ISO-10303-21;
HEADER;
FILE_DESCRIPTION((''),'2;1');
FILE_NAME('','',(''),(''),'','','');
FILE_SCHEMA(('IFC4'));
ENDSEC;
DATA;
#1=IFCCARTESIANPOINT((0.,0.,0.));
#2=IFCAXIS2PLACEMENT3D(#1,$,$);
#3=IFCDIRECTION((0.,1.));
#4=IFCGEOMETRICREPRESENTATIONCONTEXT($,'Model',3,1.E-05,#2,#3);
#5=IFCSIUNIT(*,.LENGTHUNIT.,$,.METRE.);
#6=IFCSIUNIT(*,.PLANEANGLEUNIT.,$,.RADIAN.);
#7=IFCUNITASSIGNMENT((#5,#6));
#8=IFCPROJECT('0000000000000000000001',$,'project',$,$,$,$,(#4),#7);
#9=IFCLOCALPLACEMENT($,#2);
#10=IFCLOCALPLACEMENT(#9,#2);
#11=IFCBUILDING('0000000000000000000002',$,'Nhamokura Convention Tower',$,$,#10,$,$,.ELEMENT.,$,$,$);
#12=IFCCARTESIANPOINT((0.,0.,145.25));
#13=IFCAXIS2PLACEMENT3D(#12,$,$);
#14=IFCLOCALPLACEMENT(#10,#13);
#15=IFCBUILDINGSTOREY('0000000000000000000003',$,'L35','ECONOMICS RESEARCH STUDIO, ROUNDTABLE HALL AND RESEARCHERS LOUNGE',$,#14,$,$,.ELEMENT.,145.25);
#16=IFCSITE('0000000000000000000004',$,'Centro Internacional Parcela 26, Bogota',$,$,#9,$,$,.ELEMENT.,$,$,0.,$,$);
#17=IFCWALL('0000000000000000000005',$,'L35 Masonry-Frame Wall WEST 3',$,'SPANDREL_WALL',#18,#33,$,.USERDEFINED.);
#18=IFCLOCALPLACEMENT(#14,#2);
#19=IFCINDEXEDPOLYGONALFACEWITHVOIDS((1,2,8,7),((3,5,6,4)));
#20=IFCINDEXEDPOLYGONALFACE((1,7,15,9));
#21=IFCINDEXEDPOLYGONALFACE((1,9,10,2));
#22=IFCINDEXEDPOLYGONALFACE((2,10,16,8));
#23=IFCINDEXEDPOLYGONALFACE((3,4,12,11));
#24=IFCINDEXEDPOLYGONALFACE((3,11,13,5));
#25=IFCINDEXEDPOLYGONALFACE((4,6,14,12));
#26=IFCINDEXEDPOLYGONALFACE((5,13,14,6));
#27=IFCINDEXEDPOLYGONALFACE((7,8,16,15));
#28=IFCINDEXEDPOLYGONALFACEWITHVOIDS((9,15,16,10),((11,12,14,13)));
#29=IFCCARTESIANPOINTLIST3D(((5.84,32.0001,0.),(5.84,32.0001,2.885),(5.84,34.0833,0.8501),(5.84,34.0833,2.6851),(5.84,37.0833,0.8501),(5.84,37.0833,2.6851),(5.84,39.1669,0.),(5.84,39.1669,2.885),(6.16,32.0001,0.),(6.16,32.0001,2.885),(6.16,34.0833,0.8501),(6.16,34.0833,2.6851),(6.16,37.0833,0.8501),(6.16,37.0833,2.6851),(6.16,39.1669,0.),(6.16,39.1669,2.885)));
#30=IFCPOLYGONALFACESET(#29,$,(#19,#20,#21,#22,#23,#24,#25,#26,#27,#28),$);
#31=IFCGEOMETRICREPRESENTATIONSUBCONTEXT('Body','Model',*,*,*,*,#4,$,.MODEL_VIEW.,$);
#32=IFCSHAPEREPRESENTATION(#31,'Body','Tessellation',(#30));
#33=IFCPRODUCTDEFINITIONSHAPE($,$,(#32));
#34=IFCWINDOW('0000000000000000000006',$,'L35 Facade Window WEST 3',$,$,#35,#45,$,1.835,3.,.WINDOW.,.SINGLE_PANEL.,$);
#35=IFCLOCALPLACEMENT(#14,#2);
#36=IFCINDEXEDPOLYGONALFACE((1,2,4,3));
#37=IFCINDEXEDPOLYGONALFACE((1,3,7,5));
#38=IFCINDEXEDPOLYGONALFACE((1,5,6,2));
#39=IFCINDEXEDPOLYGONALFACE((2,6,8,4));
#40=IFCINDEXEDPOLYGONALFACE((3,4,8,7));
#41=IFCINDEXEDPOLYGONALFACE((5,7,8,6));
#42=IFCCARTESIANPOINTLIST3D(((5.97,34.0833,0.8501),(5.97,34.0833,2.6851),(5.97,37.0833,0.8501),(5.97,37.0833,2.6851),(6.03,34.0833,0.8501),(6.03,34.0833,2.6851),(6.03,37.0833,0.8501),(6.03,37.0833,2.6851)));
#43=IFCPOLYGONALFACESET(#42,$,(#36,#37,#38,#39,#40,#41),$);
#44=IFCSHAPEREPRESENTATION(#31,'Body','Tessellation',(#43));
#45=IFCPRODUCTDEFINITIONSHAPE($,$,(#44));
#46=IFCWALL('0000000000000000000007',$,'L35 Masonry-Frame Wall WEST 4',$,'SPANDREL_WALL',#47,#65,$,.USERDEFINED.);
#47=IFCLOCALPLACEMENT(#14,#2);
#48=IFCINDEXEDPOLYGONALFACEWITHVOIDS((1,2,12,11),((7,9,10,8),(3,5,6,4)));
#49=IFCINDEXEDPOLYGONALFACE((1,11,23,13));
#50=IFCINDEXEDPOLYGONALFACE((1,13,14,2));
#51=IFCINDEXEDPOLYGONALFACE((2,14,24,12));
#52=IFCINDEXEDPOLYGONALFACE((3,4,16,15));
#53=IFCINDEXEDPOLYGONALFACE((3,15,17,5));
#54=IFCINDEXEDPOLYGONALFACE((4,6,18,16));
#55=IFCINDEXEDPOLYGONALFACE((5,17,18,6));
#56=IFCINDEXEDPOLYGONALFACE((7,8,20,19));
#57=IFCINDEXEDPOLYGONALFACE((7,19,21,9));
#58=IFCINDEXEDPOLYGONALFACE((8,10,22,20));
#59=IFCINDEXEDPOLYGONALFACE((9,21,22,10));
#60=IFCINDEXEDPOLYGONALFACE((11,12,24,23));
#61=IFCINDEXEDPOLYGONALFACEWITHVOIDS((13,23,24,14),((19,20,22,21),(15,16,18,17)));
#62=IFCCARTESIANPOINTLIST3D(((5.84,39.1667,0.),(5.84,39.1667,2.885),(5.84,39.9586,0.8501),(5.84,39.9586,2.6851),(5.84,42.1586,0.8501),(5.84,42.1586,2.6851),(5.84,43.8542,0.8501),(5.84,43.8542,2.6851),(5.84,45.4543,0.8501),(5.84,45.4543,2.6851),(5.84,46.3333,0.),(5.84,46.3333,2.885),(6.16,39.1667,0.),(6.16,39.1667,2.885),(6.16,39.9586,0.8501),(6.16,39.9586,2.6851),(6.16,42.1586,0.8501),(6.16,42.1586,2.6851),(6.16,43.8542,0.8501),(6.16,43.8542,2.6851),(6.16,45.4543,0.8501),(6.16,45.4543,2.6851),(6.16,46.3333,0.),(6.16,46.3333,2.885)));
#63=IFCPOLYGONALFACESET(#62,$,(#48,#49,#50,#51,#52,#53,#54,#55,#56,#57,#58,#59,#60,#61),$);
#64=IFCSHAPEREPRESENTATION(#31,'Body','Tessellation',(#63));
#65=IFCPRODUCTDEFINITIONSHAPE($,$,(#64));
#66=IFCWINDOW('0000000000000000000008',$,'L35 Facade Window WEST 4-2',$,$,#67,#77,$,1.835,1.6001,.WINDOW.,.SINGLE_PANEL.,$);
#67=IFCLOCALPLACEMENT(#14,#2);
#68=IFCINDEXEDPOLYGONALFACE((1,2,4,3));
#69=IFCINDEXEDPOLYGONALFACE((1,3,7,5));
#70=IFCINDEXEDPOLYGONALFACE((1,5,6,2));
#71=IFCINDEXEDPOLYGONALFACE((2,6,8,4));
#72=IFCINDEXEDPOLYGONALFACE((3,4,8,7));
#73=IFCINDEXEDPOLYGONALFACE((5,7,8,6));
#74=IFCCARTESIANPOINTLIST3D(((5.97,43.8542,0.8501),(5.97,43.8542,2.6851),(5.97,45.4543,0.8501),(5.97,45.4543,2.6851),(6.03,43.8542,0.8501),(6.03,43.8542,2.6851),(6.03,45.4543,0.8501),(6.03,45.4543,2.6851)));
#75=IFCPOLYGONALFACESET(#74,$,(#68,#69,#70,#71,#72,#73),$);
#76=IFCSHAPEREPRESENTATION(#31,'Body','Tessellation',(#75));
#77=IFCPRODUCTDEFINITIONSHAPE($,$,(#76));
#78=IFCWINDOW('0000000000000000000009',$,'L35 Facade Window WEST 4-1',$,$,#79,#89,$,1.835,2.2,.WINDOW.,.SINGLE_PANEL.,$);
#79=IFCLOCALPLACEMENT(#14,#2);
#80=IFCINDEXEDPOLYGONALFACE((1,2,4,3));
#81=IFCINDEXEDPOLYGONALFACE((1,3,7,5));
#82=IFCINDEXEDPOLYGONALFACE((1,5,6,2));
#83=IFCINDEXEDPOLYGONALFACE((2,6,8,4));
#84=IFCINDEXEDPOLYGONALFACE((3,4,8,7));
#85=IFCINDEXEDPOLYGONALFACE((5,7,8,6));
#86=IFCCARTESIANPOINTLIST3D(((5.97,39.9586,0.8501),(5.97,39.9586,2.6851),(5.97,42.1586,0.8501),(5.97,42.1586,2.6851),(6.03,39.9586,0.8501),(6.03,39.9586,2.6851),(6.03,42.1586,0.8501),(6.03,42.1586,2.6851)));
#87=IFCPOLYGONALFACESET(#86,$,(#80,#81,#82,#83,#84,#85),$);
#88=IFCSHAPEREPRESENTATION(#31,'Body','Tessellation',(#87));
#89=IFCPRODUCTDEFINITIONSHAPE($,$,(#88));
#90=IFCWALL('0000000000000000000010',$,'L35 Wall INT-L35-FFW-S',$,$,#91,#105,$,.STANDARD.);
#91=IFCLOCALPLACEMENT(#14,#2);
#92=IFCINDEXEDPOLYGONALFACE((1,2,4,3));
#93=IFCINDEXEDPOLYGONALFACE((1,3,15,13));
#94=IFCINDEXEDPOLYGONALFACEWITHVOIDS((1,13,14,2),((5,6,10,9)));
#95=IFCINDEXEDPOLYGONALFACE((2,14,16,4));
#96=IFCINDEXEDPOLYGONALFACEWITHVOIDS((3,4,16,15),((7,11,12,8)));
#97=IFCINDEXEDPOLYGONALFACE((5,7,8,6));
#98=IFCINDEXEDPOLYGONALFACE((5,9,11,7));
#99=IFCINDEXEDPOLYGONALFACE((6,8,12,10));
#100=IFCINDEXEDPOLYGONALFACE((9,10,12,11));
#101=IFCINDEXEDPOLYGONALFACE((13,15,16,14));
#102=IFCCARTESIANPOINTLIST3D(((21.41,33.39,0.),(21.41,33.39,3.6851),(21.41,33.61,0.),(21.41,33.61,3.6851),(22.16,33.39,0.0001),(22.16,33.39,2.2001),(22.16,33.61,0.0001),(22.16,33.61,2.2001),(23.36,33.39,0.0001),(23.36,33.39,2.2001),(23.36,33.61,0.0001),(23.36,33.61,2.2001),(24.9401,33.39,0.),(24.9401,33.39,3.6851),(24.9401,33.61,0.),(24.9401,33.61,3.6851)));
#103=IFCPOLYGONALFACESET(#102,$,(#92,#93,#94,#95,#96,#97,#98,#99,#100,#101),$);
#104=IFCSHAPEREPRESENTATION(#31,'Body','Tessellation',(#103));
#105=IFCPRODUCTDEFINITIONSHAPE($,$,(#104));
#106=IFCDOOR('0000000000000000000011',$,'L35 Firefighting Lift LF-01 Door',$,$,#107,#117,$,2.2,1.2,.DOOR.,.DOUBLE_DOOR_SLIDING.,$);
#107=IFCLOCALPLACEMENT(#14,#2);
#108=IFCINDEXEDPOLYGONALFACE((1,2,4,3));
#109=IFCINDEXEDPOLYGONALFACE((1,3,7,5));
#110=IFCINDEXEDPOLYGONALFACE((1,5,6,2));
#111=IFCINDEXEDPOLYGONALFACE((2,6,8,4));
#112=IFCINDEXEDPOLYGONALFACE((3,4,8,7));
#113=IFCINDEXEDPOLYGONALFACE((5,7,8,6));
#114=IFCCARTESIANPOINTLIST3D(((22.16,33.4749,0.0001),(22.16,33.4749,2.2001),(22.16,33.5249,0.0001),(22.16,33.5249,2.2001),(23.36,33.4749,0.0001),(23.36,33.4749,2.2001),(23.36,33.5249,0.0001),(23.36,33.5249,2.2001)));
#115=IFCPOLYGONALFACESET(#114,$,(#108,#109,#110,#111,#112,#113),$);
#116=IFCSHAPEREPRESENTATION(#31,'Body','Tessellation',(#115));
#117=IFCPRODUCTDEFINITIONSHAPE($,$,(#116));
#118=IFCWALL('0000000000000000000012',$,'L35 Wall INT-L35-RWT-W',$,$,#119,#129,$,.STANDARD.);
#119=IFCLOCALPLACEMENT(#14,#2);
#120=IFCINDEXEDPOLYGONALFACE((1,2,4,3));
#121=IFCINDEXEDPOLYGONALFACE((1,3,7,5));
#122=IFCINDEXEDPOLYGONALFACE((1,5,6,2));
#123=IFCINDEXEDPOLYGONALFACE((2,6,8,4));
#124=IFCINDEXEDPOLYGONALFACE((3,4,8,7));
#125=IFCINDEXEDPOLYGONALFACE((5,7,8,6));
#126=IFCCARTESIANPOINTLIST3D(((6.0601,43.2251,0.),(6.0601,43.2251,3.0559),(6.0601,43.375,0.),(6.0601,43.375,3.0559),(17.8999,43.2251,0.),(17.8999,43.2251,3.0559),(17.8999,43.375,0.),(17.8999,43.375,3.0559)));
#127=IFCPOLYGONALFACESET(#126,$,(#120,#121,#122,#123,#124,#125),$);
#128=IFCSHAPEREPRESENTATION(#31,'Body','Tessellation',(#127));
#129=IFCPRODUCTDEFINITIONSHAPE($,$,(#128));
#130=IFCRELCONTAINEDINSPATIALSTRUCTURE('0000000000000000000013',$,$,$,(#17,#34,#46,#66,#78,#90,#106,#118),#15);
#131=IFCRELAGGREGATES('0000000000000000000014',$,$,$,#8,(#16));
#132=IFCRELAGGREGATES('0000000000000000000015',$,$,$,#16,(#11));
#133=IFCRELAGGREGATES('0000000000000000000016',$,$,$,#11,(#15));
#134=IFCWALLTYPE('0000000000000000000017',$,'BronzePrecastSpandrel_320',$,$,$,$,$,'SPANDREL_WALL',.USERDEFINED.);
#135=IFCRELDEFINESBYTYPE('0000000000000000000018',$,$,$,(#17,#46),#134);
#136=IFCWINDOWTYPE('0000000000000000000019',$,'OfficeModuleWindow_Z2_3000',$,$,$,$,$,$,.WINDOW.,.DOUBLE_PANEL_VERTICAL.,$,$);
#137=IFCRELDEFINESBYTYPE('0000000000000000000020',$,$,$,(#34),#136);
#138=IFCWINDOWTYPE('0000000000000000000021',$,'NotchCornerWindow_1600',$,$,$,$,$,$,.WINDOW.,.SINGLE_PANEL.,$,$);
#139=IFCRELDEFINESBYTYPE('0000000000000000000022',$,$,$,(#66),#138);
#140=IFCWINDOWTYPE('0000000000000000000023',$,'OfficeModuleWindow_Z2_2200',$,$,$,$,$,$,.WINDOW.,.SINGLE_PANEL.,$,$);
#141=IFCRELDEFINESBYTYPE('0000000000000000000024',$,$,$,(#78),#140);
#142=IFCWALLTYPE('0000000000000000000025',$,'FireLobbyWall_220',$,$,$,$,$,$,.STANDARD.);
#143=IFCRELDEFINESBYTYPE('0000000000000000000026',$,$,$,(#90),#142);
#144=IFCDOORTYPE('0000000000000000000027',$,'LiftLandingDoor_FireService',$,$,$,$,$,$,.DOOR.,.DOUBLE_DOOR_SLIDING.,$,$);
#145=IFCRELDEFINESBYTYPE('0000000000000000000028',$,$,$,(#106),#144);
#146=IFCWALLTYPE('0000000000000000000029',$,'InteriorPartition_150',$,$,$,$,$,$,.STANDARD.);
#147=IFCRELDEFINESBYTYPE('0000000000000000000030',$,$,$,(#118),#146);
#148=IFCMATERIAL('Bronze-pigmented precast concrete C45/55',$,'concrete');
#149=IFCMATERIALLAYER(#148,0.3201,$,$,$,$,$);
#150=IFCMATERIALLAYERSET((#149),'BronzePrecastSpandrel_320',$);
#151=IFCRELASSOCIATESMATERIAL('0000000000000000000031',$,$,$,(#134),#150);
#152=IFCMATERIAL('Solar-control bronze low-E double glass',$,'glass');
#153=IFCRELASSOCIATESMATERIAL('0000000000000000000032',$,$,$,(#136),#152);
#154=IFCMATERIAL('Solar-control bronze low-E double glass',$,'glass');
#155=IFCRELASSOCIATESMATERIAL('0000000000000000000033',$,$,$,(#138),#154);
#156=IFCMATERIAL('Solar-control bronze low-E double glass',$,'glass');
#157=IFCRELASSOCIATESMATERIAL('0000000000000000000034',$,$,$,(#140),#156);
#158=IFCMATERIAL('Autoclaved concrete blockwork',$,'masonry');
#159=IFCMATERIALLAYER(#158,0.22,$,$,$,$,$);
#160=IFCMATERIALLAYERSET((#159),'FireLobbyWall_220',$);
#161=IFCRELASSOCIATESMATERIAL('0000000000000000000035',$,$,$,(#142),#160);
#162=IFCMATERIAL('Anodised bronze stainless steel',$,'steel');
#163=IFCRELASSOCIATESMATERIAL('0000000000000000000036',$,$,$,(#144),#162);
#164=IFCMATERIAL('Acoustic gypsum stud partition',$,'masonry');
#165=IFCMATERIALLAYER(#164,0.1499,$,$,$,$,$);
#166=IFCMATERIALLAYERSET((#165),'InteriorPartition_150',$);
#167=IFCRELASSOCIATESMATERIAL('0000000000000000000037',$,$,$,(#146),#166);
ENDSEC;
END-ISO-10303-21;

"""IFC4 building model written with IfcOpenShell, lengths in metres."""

from ifc_helpers import new_model, si_unit, direction, frame, frame_2d, origin, place, context, subcontext, project, spatial, rectangle, extrude, material, layer, layer_set, type_object, element, fill, save


model = new_model("IFC4")

# Units and contexts
model_context = context("Model", 3, precision=1e-05, world=origin(), true_north=direction((0.0, 1.0)))
body_context = subcontext(model_context, "Body", "Model", "MODEL_VIEW")
ifc_project = project(units=[si_unit("LENGTHUNIT", "METRE"), si_unit("PLANEANGLEUNIT", "RADIAN")], contexts=[model_context])

# Site, building, storey
site_placement = place(None, origin())
site = spatial("IfcSite", under=ifc_project, at=site_placement, Name="Centro Internacional Parcela 26, Bogota", CompositionType="ELEMENT", RefElevation=0.0)
building_placement = place(site_placement, origin())
building = spatial("IfcBuilding", under=site, at=building_placement, Name="Nhamokura Convention Tower", CompositionType="ELEMENT")
storey_placement = place(building_placement, frame((0.0, 0.0, 145.25)))
storey = spatial("IfcBuildingStorey", under=building, at=storey_placement, Name="L35", Description="ECONOMICS RESEARCH STUDIO, ROUNDTABLE HALL AND RESEARCHERS LOUNGE", CompositionType="ELEMENT", Elevation=145.25)

# Wall, opening, window
ifc_material_1 = material(Name="Bronze-pigmented precast concrete C45/55", Category="concrete")
ifc_layer_1 = layer(ifc_material_1, 0.3201)
ifc_layer_set_1 = layer_set([ifc_layer_1], Name="BronzePrecastSpandrel_320")
wall_type_1 = type_object("IfcWallType", Name="BronzePrecastSpandrel_320", ElementType="SPANDREL_WALL", PredefinedType="USERDEFINED", material=ifc_layer_set_1)
wall_1_placement = place(storey_placement, frame((6.0, 32.0, 0.0), z_axis=(0.0, 0.0, 1.0), x_axis=(0.0, 1.0, 0.0)))
wall_1 = element("IfcWall", 1, at=wall_1_placement, inside=storey, type_object=wall_type_1, Name="L35 Masonry-Frame Wall WEST 3", ObjectType="SPANDREL_WALL", PredefinedType="USERDEFINED", context=body_context, shape_type="SweptSolid", body=[
    extrude(rectangle(XDim=7.1667, YDim=0.3201, at=frame_2d((3.5835, 0.0))), origin(), (0.0, 0.0, 1.0), 2.885),
])
opening_1_placement = place(wall_1_placement, frame((2.0833, 0.0, 0.8501)))
opening_1 = element("IfcOpeningElement", 2, at=opening_1_placement, cuts=wall_1, PredefinedType="OPENING", context=body_context, shape_type="SweptSolid", body=[
    extrude(rectangle(XDim=3.0, YDim=1.835, at=frame_2d((1.5, 0.9175))), frame((0.0, 0.1699, 0.0), z_axis=(0.0, -1.0, 0.0), x_axis=(1.0, 0.0, 0.0)), (0.0, 0.0, 1.0), 0.3401),
])
ifc_material_2 = material(Name="Solar-control bronze low-E double glass", Category="glass")
window_type_1 = type_object("IfcWindowType", Name="OfficeModuleWindow_Z2_3000", PartitioningType="DOUBLE_PANEL_VERTICAL", PredefinedType="WINDOW", material=ifc_material_2)
window_1_placement = place(opening_1_placement, origin())
window_1 = element("IfcWindow", 3, at=window_1_placement, inside=storey, type_object=window_type_1, Name="L35 Facade Window WEST 3", OverallHeight=1.835, OverallWidth=3.0, PartitioningType="SINGLE_PANEL", PredefinedType="WINDOW", context=body_context, shape_type="SweptSolid", body=[
    extrude(rectangle(XDim=3.0, YDim=1.835, at=frame_2d((1.5, 0.9175))), frame((0.0, 0.03, 0.0), z_axis=(0.0, -1.0, 0.0), x_axis=(1.0, 0.0, 0.0)), (0.0, 0.0, 1.0), 0.0601),
])
fill(opening_1, window_1)

# Wall, openings, windows
wall_2_placement = place(storey_placement, frame((6.0, 39.1667, 0.0), z_axis=(0.0, 0.0, 1.0), x_axis=(0.0, 1.0, 0.0)))
wall_2 = element("IfcWall", 4, at=wall_2_placement, inside=storey, type_object=wall_type_1, Name="L35 Masonry-Frame Wall WEST 4", ObjectType="SPANDREL_WALL", PredefinedType="USERDEFINED", context=body_context, shape_type="SweptSolid", body=[
    extrude(rectangle(XDim=7.1665, YDim=0.3201, at=frame_2d((3.5833, 0.0))), origin(), (0.0, 0.0, 1.0), 2.885),
])
opening_2_placement = place(wall_2_placement, frame((0.7917, 0.0, 0.8501)))
opening_2 = element("IfcOpeningElement", 5, at=opening_2_placement, cuts=wall_2, PredefinedType="OPENING", context=body_context, shape_type="SweptSolid", body=[
    extrude(rectangle(XDim=2.2, YDim=1.835, at=frame_2d((1.1001, 0.9175))), frame((0.0, 0.1699, 0.0), z_axis=(0.0, -1.0, 0.0), x_axis=(1.0, 0.0, 0.0)), (0.0, 0.0, 1.0), 0.3401),
])
opening_3_placement = place(wall_2_placement, frame((4.6875, 0.0, 0.8501)))
opening_3 = element("IfcOpeningElement", 6, at=opening_3_placement, cuts=wall_2, PredefinedType="OPENING", context=body_context, shape_type="SweptSolid", body=[
    extrude(rectangle(XDim=1.6001, YDim=1.835, at=frame_2d((0.8, 0.9175))), frame((0.0, 0.1699, 0.0), z_axis=(0.0, -1.0, 0.0), x_axis=(1.0, 0.0, 0.0)), (0.0, 0.0, 1.0), 0.3401),
])
ifc_material_3 = material(Name="Solar-control bronze low-E double glass", Category="glass")
window_type_2 = type_object("IfcWindowType", Name="NotchCornerWindow_1600", PartitioningType="SINGLE_PANEL", PredefinedType="WINDOW", material=ifc_material_3)
window_2_placement = place(opening_3_placement, origin())
window_2 = element("IfcWindow", 7, at=window_2_placement, inside=storey, type_object=window_type_2, Name="L35 Facade Window WEST 4-2", OverallHeight=1.835, OverallWidth=1.6001, PartitioningType="SINGLE_PANEL", PredefinedType="WINDOW", context=body_context, shape_type="SweptSolid", body=[
    extrude(rectangle(XDim=1.6001, YDim=1.835, at=frame_2d((0.8, 0.9175))), frame((0.0, 0.03, 0.0), z_axis=(0.0, -1.0, 0.0), x_axis=(1.0, 0.0, 0.0)), (0.0, 0.0, 1.0), 0.0601),
])
fill(opening_3, window_2)
ifc_material_4 = material(Name="Solar-control bronze low-E double glass", Category="glass")
window_type_3 = type_object("IfcWindowType", Name="OfficeModuleWindow_Z2_2200", PartitioningType="SINGLE_PANEL", PredefinedType="WINDOW", material=ifc_material_4)
window_3_placement = place(opening_2_placement, origin())
window_3 = element("IfcWindow", 8, at=window_3_placement, inside=storey, type_object=window_type_3, Name="L35 Facade Window WEST 4-1", OverallHeight=1.835, OverallWidth=2.2, PartitioningType="SINGLE_PANEL", PredefinedType="WINDOW", context=body_context, shape_type="SweptSolid", body=[
    extrude(rectangle(XDim=2.2, YDim=1.835, at=frame_2d((1.1001, 0.9175))), frame((0.0, 0.03, 0.0), z_axis=(0.0, -1.0, 0.0), x_axis=(1.0, 0.0, 0.0)), (0.0, 0.0, 1.0), 0.0601),
])
fill(opening_2, window_3)

# Wall, opening, door
ifc_material_5 = material(Name="Autoclaved concrete blockwork", Category="masonry")
ifc_layer_2 = layer(ifc_material_5, 0.22)
ifc_layer_set_2 = layer_set([ifc_layer_2], Name="FireLobbyWall_220")
wall_type_2 = type_object("IfcWallType", Name="FireLobbyWall_220", PredefinedType="STANDARD", material=ifc_layer_set_2)
wall_3_placement = place(storey_placement, frame((21.4099, 33.5, 0.0), z_axis=(0.0, 0.0, 1.0), x_axis=(1.0, 0.0, 0.0)))
wall_3 = element("IfcWall", 9, at=wall_3_placement, inside=storey, type_object=wall_type_2, Name="L35 Wall INT-L35-FFW-S", PredefinedType="STANDARD", context=body_context, shape_type="SweptSolid", body=[
    extrude(rectangle(XDim=3.53, YDim=0.22, at=frame_2d((1.7651, 0.0))), origin(), (0.0, 0.0, 1.0), 3.6851),
])
opening_4_placement = place(wall_3_placement, frame((0.75, 0.0, 0.0)))
opening_4 = element("IfcOpeningElement", 10, at=opening_4_placement, cuts=wall_3, PredefinedType="OPENING", context=body_context, shape_type="SweptSolid", body=[
    extrude(rectangle(XDim=1.2, YDim=2.2, at=frame_2d((0.6001, 1.1001))), frame((0.0, 0.1199, 0.0), z_axis=(0.0, -1.0, 0.0), x_axis=(1.0, 0.0, 0.0)), (0.0, 0.0, 1.0), 0.24),
])
ifc_material_6 = material(Name="Anodised bronze stainless steel", Category="steel")
door_type = type_object("IfcDoorType", Name="LiftLandingDoor_FireService", OperationType="DOUBLE_DOOR_SLIDING", PredefinedType="DOOR", material=ifc_material_6)
door_placement = place(opening_4_placement, origin())
door = element("IfcDoor", 11, at=door_placement, inside=storey, type_object=door_type, Name="L35 Firefighting Lift LF-01 Door", OperationType="DOUBLE_DOOR_SLIDING", OverallHeight=2.2, OverallWidth=1.2, PredefinedType="DOOR", context=body_context, shape_type="SweptSolid", body=[
    extrude(rectangle(XDim=1.2, YDim=2.2, at=frame_2d((0.6001, 1.1001))), frame((0.0, 0.0249, 0.0), z_axis=(0.0, -1.0, 0.0), x_axis=(1.0, 0.0, 0.0)), (0.0, 0.0, 1.0), 0.05),
])
fill(opening_4, door)

# Wall
ifc_material_7 = material(Name="Acoustic gypsum stud partition", Category="masonry")
ifc_layer_3 = layer(ifc_material_7, 0.1499)
ifc_layer_set_3 = layer_set([ifc_layer_3], Name="InteriorPartition_150")
wall_type_3 = type_object("IfcWallType", Name="InteriorPartition_150", PredefinedType="STANDARD", material=ifc_layer_set_3)
wall_4_placement = place(storey_placement, frame((6.0601, 43.3, 0.0), z_axis=(0.0, 0.0, 1.0), x_axis=(1.0, 0.0, 0.0)))
element("IfcWall", 12, at=wall_4_placement, inside=storey, type_object=wall_type_3, Name="L35 Wall INT-L35-RWT-W", PredefinedType="STANDARD", context=body_context, shape_type="SweptSolid", body=[
    extrude(rectangle(XDim=11.8398, YDim=0.1499, at=frame_2d((5.9199, 0.0))), origin(), (0.0, 0.0, 1.0), 3.0559),
])

save(model, "model.ifc")
